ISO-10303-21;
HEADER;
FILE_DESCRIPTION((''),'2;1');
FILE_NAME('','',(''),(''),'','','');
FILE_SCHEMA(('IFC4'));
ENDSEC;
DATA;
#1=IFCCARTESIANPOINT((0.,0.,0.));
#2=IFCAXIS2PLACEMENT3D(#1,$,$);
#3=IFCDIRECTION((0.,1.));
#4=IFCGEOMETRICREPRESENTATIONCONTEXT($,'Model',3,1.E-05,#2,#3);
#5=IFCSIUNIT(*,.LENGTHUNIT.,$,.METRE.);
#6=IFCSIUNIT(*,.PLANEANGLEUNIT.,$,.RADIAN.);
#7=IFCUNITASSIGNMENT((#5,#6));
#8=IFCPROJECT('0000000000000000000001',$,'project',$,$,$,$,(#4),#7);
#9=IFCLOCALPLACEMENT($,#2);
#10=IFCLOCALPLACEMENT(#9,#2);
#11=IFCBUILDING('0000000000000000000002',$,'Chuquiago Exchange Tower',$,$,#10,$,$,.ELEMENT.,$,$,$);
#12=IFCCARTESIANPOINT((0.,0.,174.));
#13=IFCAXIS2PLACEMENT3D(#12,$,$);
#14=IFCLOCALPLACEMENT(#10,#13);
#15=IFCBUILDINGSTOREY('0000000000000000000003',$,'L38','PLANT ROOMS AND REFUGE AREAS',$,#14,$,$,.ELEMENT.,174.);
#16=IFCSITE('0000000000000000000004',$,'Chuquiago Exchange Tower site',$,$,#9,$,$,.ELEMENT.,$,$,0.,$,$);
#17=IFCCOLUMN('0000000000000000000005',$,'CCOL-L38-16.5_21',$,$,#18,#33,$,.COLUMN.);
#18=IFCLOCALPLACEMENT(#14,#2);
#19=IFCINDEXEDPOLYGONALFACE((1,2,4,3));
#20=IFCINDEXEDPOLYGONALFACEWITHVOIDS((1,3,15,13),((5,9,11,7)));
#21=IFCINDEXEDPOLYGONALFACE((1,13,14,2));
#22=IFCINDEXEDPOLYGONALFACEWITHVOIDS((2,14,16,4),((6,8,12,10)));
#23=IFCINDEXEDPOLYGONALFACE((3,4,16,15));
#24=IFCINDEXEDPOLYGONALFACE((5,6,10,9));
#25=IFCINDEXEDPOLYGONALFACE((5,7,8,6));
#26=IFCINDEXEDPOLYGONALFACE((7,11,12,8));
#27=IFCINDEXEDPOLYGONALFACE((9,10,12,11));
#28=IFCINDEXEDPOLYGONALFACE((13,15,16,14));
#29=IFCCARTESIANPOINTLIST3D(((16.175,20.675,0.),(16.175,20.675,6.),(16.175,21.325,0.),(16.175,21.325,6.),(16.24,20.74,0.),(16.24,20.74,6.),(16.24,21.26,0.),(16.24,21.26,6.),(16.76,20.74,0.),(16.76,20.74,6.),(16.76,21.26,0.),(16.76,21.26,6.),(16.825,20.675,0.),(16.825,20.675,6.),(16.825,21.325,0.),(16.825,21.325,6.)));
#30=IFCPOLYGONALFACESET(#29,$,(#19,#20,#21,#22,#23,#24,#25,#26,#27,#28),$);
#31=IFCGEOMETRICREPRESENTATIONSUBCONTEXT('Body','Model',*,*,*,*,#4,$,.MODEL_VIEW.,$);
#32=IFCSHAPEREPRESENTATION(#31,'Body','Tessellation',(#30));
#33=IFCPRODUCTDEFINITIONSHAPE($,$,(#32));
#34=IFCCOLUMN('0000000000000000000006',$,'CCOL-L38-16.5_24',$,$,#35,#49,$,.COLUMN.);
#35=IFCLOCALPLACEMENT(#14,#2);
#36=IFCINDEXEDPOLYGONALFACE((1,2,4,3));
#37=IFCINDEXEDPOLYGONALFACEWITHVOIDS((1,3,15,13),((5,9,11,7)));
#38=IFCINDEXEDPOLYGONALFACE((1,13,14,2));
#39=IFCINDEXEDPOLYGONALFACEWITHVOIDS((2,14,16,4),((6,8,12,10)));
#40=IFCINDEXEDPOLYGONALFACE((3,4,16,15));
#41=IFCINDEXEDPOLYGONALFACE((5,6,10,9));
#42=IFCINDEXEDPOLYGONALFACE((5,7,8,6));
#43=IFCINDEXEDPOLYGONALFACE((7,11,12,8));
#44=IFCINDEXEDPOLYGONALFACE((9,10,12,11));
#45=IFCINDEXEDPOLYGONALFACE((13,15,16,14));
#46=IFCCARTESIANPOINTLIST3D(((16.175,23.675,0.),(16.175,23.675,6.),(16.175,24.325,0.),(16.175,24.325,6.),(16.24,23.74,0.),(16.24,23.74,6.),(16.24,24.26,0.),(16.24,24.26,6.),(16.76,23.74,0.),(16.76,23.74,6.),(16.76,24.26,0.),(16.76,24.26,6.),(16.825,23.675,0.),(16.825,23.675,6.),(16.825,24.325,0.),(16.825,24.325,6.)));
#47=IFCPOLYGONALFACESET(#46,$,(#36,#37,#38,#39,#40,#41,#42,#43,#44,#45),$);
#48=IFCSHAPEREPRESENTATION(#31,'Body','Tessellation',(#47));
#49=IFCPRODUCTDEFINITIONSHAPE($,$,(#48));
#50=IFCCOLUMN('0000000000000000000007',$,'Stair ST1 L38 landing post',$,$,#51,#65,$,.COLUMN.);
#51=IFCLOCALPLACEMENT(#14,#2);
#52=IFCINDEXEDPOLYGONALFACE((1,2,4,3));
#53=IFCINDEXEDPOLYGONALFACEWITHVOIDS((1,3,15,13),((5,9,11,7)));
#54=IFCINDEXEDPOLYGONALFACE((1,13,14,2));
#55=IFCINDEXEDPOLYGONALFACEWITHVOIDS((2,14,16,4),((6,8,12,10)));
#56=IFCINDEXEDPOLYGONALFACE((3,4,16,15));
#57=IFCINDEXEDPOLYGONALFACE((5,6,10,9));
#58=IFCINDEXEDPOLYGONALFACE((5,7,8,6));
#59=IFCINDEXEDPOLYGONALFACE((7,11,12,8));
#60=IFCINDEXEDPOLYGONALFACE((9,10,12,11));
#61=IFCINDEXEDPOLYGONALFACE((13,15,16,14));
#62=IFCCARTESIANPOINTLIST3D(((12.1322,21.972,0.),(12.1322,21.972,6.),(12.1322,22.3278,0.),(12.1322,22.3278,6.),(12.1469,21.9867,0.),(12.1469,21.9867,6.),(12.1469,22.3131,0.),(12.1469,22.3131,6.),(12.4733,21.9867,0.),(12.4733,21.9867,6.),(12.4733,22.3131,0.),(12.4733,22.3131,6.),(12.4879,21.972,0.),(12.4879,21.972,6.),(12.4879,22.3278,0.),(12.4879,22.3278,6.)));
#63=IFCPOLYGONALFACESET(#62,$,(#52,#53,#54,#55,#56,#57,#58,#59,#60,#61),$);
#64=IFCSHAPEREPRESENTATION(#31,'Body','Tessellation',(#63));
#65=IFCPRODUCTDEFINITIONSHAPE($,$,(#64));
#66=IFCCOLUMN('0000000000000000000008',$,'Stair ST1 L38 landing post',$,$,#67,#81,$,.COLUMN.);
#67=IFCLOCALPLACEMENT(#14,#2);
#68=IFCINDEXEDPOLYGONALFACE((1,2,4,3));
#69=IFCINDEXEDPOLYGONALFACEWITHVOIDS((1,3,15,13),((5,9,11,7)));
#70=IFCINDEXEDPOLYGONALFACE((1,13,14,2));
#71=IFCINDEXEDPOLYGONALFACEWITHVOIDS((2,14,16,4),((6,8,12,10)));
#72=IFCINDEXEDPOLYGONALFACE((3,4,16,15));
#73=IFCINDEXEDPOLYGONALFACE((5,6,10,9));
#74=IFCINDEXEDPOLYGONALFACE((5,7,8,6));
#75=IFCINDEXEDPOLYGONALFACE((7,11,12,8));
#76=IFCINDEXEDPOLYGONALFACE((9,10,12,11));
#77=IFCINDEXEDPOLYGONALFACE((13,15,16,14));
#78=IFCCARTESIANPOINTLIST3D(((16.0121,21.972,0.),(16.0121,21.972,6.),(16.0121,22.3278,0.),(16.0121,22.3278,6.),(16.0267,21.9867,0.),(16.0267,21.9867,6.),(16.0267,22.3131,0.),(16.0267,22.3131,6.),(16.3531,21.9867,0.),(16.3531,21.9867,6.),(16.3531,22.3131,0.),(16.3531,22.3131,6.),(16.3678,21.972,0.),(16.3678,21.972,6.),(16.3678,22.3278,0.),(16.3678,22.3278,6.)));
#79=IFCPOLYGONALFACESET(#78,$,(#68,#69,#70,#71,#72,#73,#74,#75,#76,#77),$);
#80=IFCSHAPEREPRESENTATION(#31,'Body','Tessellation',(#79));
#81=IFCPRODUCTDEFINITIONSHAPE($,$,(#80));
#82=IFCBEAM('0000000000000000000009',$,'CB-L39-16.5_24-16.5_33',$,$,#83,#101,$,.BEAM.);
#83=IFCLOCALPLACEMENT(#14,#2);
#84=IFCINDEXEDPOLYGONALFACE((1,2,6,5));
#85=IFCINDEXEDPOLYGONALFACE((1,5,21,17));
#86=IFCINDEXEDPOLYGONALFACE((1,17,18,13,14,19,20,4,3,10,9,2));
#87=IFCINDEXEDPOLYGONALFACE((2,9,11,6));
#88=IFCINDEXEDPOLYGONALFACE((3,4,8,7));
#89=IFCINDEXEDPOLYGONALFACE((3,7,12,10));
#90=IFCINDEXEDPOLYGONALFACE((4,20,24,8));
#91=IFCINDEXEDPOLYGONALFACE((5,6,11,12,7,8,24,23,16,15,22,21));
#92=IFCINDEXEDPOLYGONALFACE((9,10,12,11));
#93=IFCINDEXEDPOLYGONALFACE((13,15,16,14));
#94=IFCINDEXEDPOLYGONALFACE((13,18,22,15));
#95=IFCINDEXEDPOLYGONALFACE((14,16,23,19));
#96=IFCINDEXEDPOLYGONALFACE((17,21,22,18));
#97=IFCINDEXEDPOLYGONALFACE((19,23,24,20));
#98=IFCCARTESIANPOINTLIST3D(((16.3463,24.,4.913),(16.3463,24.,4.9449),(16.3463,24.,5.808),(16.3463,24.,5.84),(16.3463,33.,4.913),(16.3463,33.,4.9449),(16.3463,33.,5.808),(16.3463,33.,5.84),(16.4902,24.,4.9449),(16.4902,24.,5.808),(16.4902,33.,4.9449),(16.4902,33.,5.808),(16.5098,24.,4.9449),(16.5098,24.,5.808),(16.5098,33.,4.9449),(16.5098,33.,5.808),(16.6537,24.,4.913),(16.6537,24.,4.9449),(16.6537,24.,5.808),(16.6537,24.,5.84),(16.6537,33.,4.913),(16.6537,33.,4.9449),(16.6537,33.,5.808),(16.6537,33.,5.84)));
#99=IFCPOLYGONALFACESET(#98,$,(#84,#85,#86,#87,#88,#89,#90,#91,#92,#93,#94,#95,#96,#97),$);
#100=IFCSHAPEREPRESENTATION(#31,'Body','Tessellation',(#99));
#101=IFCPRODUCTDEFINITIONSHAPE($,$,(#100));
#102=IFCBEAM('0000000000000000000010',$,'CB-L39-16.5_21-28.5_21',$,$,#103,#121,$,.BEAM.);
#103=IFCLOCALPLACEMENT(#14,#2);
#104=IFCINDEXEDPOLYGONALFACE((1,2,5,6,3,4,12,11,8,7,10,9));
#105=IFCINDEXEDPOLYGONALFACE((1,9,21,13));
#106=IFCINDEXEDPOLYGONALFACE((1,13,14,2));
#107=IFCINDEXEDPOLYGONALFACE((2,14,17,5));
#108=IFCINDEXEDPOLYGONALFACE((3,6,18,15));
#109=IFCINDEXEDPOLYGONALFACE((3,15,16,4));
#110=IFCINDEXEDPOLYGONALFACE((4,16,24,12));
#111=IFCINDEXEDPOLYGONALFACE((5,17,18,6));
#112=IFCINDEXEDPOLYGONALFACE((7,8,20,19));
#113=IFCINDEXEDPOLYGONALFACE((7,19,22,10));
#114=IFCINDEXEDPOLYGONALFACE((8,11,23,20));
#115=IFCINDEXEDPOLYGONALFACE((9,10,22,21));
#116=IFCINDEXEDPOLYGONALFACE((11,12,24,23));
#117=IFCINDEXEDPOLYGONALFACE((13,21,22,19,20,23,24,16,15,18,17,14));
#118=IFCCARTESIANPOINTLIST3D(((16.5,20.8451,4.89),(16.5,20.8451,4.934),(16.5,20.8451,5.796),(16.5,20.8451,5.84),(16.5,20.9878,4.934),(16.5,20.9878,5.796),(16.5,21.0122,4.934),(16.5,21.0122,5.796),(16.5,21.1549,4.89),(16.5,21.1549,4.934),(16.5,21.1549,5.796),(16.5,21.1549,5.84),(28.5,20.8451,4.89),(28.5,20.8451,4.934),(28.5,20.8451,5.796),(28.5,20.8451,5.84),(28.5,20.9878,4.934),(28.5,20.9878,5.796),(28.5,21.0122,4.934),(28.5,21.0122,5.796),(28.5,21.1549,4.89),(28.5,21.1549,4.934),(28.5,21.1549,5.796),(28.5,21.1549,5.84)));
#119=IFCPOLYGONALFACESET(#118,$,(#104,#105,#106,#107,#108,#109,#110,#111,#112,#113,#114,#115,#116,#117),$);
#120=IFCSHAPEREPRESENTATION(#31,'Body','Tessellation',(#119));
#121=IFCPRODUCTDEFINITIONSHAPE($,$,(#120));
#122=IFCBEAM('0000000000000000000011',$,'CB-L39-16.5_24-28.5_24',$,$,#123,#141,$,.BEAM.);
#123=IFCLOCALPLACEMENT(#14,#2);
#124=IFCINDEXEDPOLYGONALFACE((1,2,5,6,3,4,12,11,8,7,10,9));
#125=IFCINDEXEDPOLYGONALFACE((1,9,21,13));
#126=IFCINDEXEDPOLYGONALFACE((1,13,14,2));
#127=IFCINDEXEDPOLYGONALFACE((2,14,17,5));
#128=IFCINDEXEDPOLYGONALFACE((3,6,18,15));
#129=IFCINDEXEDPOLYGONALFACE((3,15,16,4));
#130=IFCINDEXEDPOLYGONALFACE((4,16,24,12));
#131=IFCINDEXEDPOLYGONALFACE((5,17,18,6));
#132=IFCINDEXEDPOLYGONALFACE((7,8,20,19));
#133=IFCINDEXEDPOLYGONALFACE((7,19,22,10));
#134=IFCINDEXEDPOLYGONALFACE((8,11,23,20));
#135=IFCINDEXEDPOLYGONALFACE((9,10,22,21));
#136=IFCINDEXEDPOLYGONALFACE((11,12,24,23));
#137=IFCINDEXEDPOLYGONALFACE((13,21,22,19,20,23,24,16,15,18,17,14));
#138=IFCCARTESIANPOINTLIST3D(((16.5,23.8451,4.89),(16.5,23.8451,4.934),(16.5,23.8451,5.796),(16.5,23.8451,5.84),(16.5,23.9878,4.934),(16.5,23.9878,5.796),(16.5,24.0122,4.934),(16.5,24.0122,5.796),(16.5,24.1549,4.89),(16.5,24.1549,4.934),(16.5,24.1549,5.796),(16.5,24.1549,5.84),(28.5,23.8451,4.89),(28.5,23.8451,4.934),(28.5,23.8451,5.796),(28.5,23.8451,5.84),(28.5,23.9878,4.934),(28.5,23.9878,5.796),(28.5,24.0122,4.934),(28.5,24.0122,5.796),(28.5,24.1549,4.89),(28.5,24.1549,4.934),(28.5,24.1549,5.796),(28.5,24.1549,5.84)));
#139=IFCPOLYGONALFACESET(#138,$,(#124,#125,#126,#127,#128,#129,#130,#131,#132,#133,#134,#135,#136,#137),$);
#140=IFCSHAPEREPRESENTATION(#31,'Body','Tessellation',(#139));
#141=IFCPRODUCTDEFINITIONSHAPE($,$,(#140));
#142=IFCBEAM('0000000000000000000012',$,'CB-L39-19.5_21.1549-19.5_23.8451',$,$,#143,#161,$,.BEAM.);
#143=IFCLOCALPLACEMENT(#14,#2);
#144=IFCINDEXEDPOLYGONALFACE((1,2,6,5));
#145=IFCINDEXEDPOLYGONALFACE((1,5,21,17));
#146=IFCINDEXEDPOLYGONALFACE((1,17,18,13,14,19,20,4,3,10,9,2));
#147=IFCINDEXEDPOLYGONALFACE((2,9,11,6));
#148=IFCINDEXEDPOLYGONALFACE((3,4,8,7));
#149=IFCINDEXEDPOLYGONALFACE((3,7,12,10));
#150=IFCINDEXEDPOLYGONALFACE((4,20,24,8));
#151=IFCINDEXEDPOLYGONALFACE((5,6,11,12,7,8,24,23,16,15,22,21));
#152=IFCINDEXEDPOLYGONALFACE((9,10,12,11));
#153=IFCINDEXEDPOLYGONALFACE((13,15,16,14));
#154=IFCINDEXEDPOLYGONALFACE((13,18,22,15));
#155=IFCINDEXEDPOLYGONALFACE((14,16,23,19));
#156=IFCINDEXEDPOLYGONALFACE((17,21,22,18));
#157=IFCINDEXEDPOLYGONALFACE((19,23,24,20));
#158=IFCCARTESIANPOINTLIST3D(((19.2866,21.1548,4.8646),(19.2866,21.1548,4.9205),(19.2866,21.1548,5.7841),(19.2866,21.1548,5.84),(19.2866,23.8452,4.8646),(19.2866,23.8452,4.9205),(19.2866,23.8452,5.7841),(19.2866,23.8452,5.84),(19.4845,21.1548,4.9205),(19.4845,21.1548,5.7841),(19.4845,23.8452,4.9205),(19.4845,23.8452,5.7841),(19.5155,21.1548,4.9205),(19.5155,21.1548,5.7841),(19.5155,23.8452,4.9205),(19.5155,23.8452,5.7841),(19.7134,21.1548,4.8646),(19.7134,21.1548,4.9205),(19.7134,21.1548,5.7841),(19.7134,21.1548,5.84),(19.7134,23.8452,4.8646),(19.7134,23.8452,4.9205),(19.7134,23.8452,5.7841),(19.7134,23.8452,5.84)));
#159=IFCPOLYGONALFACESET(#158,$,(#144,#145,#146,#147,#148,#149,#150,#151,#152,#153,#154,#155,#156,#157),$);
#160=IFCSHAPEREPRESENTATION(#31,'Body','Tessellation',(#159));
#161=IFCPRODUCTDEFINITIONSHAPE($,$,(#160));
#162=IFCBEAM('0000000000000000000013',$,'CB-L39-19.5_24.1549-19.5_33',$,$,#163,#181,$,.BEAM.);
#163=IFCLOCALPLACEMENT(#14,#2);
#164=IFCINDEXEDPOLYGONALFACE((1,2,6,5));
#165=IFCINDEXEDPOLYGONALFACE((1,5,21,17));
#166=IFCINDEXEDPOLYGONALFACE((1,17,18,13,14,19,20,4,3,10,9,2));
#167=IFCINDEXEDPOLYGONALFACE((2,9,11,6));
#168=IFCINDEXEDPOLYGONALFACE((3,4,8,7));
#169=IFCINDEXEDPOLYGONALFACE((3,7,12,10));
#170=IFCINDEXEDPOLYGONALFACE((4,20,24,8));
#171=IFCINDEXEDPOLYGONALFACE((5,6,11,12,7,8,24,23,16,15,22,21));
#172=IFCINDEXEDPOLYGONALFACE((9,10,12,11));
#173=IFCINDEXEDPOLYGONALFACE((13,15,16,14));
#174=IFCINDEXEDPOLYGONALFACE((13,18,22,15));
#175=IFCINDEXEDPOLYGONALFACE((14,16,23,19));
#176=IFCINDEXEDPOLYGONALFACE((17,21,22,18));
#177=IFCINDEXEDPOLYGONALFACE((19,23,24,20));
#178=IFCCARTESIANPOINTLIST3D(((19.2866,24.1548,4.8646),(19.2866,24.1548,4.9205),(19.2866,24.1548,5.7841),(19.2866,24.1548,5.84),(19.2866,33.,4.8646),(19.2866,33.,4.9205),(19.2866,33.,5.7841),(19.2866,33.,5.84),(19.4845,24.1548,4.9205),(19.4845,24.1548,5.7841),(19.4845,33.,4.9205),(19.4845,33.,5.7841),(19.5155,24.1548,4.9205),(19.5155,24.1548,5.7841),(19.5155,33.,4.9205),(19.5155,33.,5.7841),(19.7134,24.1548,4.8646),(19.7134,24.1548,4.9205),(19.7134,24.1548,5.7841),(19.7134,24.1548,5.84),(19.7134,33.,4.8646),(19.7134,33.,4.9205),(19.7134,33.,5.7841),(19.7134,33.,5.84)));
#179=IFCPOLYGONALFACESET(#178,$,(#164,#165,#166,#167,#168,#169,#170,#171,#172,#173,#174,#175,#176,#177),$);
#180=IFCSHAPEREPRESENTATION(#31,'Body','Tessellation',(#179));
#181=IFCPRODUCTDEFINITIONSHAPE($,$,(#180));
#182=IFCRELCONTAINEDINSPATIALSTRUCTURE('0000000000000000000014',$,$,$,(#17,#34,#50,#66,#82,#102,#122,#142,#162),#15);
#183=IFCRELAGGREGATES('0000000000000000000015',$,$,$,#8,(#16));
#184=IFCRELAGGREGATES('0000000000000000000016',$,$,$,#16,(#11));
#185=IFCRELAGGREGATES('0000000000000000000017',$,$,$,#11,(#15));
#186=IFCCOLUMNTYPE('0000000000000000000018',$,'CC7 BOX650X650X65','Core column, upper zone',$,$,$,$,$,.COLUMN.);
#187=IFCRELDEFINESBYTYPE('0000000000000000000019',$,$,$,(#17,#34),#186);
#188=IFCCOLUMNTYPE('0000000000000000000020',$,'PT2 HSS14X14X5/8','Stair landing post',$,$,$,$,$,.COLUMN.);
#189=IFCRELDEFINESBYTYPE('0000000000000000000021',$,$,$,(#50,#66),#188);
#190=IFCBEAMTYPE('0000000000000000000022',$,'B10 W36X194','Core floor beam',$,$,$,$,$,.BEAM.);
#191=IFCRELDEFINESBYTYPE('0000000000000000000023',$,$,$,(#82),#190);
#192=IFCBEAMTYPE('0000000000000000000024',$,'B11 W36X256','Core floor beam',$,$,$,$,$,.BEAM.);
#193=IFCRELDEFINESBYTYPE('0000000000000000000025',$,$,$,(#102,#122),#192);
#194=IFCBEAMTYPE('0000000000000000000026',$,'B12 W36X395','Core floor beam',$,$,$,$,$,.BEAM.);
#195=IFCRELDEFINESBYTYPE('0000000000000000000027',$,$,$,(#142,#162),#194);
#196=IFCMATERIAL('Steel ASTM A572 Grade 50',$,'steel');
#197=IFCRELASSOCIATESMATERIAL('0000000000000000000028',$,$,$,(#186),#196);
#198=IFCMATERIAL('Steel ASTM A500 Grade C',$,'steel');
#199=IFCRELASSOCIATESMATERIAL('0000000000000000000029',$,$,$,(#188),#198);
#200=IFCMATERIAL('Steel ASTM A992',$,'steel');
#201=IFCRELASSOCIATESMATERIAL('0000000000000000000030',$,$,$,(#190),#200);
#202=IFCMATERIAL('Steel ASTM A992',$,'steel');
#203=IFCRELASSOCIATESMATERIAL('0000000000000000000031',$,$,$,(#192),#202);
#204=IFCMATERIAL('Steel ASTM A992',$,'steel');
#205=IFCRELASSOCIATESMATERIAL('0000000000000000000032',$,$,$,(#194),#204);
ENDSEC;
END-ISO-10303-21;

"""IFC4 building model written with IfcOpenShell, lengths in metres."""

from ifc_helpers import new_model, si_unit, direction, frame, origin, origin_2d, place, context, subcontext, project, spatial, hollow_rectangle, i_section, extrude, material, material_profile, profile_set, type_object, element, save


model = new_model("IFC4")

# Units and contexts
model_context = context("Model", 3, precision=1e-05, world=origin(), true_north=direction((0.0, 1.0)))
body_context = subcontext(model_context, "Body", "Model", "MODEL_VIEW")
ifc_project = project(units=[si_unit("LENGTHUNIT", "METRE"), si_unit("PLANEANGLEUNIT", "RADIAN")], contexts=[model_context])

# Site, building, storey
site_placement = place(None, origin())
site = spatial("IfcSite", under=ifc_project, at=site_placement, Name="Chuquiago Exchange Tower site", CompositionType="ELEMENT", RefElevation=0.0)
building_placement = place(site_placement, origin())
building = spatial("IfcBuilding", under=site, at=building_placement, Name="Chuquiago Exchange Tower", CompositionType="ELEMENT")
storey_placement = place(building_placement, frame((0.0, 0.0, 174.0)))
storey = spatial("IfcBuildingStorey", under=building, at=storey_placement, Name="L38", Description="PLANT ROOMS AND REFUGE AREAS", CompositionType="ELEMENT", Elevation=174.0)

# Columns
ifc_material_1 = material(Name="Steel ASTM A572 Grade 50", Category="steel")
ifc_material_profile_1 = material_profile(ifc_material_1, hollow_rectangle(XDim=0.6499, YDim=0.6499, WallThickness=0.0649, at=origin_2d()), Name="BOX650X650X65")
ifc_profile_set_1 = profile_set([ifc_material_profile_1], Name="Steel ASTM A572 Grade 50")
column_type_1 = type_object("IfcColumnType", Name="CC7 BOX650X650X65", Description="Core column, upper zone", PredefinedType="COLUMN", material=ifc_profile_set_1)
for number, where, z_axis, x_axis, name in (
    (1, (16.5, 21.0, 0.0), (0.0, 0.0, 1.0), (1.0, 0.0, 0.0), "CCOL-L38-16.5_21"),
    (2, (16.5, 24.0, 0.0), (0.0, 0.0, 1.0), (1.0, 0.0, 0.0), "CCOL-L38-16.5_24"),
):
    element("IfcColumn", number, at=place(storey_placement, frame(where, z_axis=z_axis, x_axis=x_axis)), inside=storey, type_object=column_type_1, Name=name, PredefinedType="COLUMN", context=body_context, shape_type="SweptSolid", body=[
        extrude(hollow_rectangle(XDim=0.6499, YDim=0.6499, WallThickness=0.0649, at=origin_2d()), origin(), (0.0, 0.0, 1.0), 6.0),
    ])
ifc_material_2 = material(Name="Steel ASTM A500 Grade C", Category="steel")
ifc_material_profile_2 = material_profile(ifc_material_2, hollow_rectangle(XDim=0.3557, YDim=0.3557, WallThickness=0.0146, at=origin_2d()), Name="HSS14X14X5/8")
ifc_profile_set_2 = profile_set([ifc_material_profile_2], Name="Steel ASTM A500 Grade C")
column_type_2 = type_object("IfcColumnType", Name="PT2 HSS14X14X5/8", Description="Stair landing post", PredefinedType="COLUMN", material=ifc_profile_set_2)
for number, where, z_axis, x_axis, name in (
    (3, (12.3101, 22.1499, 0.0), (0.0, 0.0, 1.0), (1.0, 0.0, 0.0), "Stair ST1 L38 landing post"),
    (4, (16.1899, 22.1499, 0.0), (0.0, 0.0, 1.0), (1.0, 0.0, 0.0), "Stair ST1 L38 landing post"),
):
    element("IfcColumn", number, at=place(storey_placement, frame(where, z_axis=z_axis, x_axis=x_axis)), inside=storey, type_object=column_type_2, Name=name, PredefinedType="COLUMN", context=body_context, shape_type="SweptSolid", body=[
        extrude(hollow_rectangle(XDim=0.3557, YDim=0.3557, WallThickness=0.0146, at=origin_2d()), origin(), (0.0, 0.0, 1.0), 6.0),
    ])

# Beams
ifc_material_3 = material(Name="Steel ASTM A992", Category="steel")
ifc_material_profile_3 = material_profile(ifc_material_3, i_section(OverallWidth=0.3074, OverallDepth=0.927, WebThickness=0.0195, FlangeThickness=0.032, at=origin_2d()), Name="W36X194")
ifc_profile_set_3 = profile_set([ifc_material_profile_3], Name="Steel ASTM A992")
beam_type_1 = type_object("IfcBeamType", Name="B10 W36X194", Description="Core floor beam", PredefinedType="BEAM", material=ifc_profile_set_3)
beam_1_placement = place(storey_placement, frame((16.5, 24.0, 5.3765), z_axis=(0.0, 1.0, 0.0), x_axis=(-1.0, 0.0, 0.0)))
element("IfcBeam", 5, at=beam_1_placement, inside=storey, type_object=beam_type_1, Name="CB-L39-16.5_24-16.5_33", PredefinedType="BEAM", context=body_context, shape_type="SweptSolid", body=[
    extrude(i_section(OverallWidth=0.3074, OverallDepth=0.927, WebThickness=0.0195, FlangeThickness=0.032, at=origin_2d()), origin(), (0.0, 0.0, 1.0), 9.0),
])
ifc_material_4 = material(Name="Steel ASTM A992", Category="steel")
ifc_material_profile_4 = material_profile(ifc_material_4, i_section(OverallWidth=0.3098, OverallDepth=0.95, WebThickness=0.0244, FlangeThickness=0.0439, at=origin_2d()), Name="W36X256")
ifc_profile_set_4 = profile_set([ifc_material_profile_4], Name="Steel ASTM A992")
beam_type_2 = type_object("IfcBeamType", Name="B11 W36X256", Description="Core floor beam", PredefinedType="BEAM", material=ifc_profile_set_4)
for number, where, z_axis, x_axis, name in (
    (6, (16.5, 21.0, 5.365), (1.0, 0.0, 0.0), (0.0, 1.0, 0.0), "CB-L39-16.5_21-28.5_21"),
    (7, (16.5, 24.0, 5.365), (1.0, 0.0, 0.0), (0.0, 1.0, 0.0), "CB-L39-16.5_24-28.5_24"),
):
    element("IfcBeam", number, at=place(storey_placement, frame(where, z_axis=z_axis, x_axis=x_axis)), inside=storey, type_object=beam_type_2, Name=name, PredefinedType="BEAM", context=body_context, shape_type="SweptSolid", body=[
        extrude(i_section(OverallWidth=0.3098, OverallDepth=0.95, WebThickness=0.0244, FlangeThickness=0.0439, at=origin_2d()), origin(), (0.0, 0.0, 1.0), 12.0),
    ])
ifc_material_5 = material(Name="Steel ASTM A992", Category="steel")
ifc_material_profile_5 = material_profile(ifc_material_5, i_section(OverallWidth=0.4268, OverallDepth=0.9753, WebThickness=0.031, FlangeThickness=0.0559, at=origin_2d()), Name="W36X395")
ifc_profile_set_5 = profile_set([ifc_material_profile_5], Name="Steel ASTM A992")
beam_type_3 = type_object("IfcBeamType", Name="B12 W36X395", Description="Core floor beam", PredefinedType="BEAM", material=ifc_profile_set_5)
beam_2_placement = place(storey_placement, frame((19.5, 21.1548, 5.3523), z_axis=(0.0, 1.0, 0.0), x_axis=(-1.0, 0.0, 0.0)))
element("IfcBeam", 8, at=beam_2_placement, inside=storey, type_object=beam_type_3, Name="CB-L39-19.5_21.1549-19.5_23.8451", PredefinedType="BEAM", context=body_context, shape_type="SweptSolid", body=[
    extrude(i_section(OverallWidth=0.4268, OverallDepth=0.9753, WebThickness=0.031, FlangeThickness=0.0559, at=origin_2d()), origin(), (0.0, 0.0, 1.0), 2.6904),
])
beam_3_placement = place(storey_placement, frame((19.5, 24.1548, 5.3523), z_axis=(0.0, 1.0, 0.0), x_axis=(-1.0, 0.0, 0.0)))
element("IfcBeam", 9, at=beam_3_placement, inside=storey, type_object=beam_type_3, Name="CB-L39-19.5_24.1549-19.5_33", PredefinedType="BEAM", context=body_context, shape_type="SweptSolid", body=[
    extrude(i_section(OverallWidth=0.4268, OverallDepth=0.9753, WebThickness=0.031, FlangeThickness=0.0559, at=origin_2d()), origin(), (0.0, 0.0, 1.0), 8.8452),
])

save(model, "model.ifc")
